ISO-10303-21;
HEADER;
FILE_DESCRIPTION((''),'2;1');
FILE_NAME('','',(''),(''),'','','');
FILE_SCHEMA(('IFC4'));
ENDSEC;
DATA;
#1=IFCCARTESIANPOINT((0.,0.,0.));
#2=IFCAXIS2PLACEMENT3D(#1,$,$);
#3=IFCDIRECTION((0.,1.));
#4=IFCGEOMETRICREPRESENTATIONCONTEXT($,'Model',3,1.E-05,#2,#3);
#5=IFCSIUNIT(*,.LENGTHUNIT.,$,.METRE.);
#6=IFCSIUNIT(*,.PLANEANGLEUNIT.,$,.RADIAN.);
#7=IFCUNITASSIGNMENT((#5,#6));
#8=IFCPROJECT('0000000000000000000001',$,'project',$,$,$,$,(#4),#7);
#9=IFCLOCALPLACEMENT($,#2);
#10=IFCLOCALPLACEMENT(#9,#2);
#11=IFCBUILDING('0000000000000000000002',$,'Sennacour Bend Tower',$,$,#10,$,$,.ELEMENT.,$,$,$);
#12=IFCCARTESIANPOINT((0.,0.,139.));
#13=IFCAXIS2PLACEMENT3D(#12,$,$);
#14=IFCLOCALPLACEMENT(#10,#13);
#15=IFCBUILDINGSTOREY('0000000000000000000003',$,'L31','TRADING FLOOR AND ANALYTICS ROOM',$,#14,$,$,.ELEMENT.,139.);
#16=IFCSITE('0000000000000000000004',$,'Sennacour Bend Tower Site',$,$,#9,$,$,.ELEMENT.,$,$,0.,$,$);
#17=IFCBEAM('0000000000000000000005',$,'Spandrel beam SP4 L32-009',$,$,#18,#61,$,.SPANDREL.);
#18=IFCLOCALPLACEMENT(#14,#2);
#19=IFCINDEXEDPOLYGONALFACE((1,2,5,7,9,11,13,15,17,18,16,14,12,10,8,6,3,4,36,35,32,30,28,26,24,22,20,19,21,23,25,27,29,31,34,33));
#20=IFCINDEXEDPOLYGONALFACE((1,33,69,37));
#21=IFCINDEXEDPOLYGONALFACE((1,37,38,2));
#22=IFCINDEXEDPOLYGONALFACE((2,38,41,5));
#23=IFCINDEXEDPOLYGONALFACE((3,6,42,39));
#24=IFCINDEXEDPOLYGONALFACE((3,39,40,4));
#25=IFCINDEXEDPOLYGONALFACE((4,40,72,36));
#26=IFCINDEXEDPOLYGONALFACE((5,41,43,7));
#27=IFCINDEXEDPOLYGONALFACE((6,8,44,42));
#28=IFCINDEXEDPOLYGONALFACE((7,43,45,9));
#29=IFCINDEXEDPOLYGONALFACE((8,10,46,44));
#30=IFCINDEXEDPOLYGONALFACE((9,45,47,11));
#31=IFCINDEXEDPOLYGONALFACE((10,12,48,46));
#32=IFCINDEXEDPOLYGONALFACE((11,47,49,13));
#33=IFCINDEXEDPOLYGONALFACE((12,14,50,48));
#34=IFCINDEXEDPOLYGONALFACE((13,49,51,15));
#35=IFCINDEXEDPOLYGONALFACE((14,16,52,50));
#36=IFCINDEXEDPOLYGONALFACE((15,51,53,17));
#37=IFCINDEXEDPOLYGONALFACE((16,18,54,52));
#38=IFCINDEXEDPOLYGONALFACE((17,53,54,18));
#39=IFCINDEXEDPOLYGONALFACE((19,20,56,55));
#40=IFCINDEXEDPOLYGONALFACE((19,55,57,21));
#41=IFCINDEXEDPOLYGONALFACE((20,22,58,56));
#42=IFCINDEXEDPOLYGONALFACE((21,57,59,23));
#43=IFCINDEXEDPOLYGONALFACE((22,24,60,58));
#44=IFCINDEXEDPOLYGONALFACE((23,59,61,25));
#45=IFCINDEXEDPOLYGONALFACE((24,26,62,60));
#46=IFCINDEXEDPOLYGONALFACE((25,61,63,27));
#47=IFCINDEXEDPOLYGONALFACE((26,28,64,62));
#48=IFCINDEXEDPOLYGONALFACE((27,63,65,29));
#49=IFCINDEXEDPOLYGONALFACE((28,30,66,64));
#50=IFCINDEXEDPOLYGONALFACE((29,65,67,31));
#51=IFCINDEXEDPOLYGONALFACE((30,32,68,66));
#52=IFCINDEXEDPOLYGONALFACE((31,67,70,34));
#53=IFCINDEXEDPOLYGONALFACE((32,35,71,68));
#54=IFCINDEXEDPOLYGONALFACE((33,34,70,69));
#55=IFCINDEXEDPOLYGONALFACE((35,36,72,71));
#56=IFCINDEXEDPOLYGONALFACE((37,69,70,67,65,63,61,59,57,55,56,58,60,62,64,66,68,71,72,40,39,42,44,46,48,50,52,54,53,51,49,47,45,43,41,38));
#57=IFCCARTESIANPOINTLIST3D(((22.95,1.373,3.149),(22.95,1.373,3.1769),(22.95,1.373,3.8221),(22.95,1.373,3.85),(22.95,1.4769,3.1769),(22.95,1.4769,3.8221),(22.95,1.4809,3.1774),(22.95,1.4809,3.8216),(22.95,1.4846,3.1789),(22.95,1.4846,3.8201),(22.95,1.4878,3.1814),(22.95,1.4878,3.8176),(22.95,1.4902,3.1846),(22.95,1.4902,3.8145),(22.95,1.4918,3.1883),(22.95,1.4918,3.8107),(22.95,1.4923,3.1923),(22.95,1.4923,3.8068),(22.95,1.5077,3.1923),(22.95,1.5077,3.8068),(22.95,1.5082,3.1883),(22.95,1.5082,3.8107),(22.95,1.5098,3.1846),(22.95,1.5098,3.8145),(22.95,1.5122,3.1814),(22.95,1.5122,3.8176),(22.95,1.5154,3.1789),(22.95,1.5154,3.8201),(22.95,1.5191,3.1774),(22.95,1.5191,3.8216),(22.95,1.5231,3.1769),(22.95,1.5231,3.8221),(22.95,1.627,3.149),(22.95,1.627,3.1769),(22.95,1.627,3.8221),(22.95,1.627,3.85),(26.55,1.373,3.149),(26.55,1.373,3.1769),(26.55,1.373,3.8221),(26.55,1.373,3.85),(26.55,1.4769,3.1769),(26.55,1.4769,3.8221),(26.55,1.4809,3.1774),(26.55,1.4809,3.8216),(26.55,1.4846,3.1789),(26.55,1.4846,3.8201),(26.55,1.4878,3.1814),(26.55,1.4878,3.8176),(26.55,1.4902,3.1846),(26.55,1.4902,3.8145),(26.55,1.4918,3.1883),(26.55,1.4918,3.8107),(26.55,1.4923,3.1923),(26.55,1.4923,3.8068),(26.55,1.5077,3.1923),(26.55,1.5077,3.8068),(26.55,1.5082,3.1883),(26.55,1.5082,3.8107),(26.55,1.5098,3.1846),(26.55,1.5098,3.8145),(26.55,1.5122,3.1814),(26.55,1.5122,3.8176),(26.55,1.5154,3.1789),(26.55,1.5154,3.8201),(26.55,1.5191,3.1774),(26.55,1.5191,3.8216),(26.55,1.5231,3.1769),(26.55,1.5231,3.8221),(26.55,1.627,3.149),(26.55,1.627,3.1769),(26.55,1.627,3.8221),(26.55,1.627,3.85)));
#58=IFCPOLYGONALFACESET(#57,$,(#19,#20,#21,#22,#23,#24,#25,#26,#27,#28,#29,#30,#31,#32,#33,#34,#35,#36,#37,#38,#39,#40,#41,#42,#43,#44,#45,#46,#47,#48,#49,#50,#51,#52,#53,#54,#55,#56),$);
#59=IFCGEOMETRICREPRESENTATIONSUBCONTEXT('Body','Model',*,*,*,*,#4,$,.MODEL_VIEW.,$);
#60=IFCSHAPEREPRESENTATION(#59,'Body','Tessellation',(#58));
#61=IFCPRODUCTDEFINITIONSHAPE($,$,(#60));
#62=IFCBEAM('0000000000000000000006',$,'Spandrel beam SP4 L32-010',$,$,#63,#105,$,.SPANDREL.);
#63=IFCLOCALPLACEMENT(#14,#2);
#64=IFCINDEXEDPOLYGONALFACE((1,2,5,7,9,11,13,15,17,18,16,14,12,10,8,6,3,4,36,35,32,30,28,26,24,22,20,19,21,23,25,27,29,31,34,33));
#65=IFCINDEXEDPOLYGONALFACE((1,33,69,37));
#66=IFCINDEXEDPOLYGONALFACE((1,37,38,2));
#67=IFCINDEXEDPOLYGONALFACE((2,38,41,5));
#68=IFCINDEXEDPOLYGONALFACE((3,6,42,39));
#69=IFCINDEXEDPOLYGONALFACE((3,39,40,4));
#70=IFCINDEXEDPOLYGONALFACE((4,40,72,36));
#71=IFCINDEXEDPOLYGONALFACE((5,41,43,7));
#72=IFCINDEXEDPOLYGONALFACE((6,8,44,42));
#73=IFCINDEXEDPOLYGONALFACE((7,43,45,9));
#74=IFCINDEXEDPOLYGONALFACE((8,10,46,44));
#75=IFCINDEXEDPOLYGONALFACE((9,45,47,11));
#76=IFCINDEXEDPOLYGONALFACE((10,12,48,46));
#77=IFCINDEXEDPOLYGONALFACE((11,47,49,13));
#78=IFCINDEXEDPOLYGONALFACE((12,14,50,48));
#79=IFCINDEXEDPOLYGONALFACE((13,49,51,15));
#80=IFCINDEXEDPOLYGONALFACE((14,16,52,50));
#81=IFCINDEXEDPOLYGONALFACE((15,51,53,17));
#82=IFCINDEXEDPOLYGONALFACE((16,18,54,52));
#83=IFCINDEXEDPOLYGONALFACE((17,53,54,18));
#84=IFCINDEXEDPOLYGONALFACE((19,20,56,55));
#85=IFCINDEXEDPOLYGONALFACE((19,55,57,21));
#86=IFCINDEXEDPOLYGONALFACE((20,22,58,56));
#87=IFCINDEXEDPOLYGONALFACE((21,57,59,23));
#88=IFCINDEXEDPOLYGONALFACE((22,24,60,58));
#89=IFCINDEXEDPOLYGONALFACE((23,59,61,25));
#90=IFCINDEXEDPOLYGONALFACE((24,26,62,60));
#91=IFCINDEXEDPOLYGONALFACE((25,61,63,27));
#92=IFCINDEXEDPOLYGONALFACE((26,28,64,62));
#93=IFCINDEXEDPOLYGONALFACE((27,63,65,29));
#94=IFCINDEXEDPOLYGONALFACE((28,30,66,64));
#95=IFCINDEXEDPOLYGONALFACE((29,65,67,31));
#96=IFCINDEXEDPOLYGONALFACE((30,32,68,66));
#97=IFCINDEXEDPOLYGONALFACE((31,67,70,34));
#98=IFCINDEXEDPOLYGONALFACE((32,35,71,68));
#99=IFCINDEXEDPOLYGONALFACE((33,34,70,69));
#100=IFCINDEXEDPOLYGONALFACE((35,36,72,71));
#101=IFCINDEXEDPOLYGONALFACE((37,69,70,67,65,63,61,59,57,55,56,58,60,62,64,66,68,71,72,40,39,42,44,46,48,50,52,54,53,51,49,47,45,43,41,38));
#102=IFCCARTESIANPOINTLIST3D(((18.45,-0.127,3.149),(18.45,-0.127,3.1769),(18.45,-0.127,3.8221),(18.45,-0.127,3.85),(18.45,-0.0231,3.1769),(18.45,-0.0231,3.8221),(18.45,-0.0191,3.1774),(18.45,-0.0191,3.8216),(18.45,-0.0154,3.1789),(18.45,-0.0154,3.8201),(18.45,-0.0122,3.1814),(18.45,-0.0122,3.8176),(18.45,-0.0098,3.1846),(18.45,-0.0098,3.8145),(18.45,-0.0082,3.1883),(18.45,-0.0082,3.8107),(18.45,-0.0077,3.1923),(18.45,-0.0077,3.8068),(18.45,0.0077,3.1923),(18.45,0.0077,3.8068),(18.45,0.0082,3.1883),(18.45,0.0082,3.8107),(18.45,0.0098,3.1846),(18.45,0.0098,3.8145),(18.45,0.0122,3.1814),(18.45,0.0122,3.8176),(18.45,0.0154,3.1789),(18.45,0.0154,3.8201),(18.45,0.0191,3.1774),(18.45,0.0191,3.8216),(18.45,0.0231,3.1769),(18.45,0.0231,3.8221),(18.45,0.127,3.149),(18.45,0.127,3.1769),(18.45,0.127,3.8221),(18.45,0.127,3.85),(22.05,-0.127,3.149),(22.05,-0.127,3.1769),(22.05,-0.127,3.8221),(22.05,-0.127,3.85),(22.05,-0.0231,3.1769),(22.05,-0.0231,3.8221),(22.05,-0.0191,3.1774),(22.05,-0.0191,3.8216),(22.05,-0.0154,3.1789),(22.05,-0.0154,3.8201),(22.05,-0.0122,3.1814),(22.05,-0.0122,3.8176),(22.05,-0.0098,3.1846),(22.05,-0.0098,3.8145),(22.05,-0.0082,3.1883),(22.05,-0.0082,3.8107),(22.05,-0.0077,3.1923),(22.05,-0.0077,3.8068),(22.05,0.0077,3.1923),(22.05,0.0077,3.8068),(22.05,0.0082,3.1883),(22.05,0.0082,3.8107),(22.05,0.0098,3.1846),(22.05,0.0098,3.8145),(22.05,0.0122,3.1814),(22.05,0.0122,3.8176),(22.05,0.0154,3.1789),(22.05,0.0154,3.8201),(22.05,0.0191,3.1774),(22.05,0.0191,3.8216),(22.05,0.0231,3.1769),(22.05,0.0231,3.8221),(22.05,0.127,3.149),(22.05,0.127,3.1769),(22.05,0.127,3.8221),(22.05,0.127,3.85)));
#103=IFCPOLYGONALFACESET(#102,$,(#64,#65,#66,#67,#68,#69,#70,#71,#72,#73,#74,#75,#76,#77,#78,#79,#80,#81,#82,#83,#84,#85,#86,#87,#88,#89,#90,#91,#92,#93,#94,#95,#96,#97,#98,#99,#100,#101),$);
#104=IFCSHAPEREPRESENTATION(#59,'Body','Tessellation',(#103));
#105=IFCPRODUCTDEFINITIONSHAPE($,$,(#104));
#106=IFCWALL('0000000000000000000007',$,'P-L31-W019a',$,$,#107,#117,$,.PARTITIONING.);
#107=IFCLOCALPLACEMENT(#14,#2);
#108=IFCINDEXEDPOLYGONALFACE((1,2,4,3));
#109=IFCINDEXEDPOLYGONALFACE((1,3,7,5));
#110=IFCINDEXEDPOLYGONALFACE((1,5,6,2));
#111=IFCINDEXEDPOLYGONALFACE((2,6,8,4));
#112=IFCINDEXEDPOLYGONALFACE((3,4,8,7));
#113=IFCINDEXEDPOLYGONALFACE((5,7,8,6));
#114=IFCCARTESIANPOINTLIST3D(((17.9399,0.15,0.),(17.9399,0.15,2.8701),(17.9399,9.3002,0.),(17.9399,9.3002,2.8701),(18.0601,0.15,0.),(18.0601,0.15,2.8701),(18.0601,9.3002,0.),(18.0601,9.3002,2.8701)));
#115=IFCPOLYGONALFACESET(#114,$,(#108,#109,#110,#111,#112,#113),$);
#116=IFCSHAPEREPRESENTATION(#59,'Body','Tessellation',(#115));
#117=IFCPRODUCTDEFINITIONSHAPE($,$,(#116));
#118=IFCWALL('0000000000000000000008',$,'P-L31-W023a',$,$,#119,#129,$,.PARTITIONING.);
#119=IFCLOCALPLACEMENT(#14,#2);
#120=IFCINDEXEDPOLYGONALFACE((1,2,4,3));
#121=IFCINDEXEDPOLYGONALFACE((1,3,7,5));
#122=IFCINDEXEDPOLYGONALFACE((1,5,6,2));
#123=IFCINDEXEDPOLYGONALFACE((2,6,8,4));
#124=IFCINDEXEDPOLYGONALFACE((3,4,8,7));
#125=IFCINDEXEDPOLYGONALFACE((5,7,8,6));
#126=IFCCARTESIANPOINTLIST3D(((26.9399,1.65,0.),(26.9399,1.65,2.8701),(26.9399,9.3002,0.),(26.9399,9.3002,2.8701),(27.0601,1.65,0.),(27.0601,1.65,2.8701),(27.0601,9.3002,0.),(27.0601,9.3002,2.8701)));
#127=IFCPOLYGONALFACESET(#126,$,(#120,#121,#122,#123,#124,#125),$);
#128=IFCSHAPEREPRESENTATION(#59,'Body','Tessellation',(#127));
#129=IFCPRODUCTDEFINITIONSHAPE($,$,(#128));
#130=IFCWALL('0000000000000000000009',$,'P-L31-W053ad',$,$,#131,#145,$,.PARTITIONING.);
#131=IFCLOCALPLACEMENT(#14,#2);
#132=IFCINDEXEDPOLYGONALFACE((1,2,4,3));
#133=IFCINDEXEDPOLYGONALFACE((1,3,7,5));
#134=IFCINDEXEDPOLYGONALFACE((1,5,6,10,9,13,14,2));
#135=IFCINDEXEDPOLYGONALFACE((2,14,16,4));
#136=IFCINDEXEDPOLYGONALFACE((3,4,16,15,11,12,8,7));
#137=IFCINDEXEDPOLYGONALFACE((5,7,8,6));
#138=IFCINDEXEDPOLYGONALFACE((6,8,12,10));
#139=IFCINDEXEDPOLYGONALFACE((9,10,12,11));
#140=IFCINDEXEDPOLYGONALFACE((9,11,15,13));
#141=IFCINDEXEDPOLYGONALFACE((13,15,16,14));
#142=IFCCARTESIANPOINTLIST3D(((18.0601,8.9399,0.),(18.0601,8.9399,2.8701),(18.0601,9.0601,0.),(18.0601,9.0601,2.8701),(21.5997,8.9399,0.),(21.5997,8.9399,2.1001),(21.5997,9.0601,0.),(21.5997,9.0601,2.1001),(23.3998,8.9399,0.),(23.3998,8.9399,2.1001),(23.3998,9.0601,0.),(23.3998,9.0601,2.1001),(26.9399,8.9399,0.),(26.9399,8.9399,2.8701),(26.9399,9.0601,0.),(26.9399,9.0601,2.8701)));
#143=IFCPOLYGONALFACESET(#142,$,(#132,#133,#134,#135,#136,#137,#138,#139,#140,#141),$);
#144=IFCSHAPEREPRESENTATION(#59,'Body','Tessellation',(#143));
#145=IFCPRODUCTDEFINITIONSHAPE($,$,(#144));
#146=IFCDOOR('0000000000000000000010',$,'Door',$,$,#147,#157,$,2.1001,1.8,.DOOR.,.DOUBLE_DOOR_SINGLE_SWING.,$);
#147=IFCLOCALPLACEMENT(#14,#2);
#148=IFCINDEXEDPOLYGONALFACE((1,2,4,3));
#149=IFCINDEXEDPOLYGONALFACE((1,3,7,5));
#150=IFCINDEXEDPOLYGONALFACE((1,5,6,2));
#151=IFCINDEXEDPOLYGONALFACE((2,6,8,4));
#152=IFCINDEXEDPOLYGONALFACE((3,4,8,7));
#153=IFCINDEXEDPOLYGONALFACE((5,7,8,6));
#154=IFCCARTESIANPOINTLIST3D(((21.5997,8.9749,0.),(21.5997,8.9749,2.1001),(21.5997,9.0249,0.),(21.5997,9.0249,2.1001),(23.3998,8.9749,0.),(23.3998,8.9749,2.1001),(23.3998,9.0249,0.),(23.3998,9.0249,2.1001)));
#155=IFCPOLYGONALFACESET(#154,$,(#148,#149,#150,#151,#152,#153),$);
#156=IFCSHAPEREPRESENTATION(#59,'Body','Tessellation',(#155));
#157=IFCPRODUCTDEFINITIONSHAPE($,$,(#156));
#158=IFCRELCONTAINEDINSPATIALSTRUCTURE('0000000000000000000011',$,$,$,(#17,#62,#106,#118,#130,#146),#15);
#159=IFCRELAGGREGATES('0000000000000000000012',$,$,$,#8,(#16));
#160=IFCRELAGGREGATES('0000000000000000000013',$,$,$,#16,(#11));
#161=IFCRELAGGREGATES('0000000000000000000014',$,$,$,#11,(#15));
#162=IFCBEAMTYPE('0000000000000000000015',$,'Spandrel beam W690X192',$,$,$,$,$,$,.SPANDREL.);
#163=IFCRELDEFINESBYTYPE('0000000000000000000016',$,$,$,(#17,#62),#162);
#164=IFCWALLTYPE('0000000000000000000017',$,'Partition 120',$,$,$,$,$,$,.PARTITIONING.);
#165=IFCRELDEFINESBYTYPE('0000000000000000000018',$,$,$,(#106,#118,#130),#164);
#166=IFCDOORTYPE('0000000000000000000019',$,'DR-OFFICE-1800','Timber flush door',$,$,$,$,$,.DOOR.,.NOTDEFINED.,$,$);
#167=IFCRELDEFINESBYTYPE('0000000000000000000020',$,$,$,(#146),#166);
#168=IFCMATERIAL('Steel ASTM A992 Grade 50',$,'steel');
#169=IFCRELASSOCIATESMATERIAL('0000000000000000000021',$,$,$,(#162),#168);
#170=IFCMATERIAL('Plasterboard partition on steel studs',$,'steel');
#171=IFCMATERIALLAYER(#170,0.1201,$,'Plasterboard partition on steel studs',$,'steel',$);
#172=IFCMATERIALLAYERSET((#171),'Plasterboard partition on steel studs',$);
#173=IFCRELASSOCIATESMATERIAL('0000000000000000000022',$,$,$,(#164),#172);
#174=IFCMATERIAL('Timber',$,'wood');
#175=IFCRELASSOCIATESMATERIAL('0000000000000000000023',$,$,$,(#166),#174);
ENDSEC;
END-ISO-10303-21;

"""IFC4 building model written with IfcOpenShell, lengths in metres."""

from ifc_helpers import new_model, si_unit, direction, frame, frame_2d, origin, origin_2d, place, context, subcontext, project, spatial, rectangle, i_section, extrude, material, layer, layer_set, material_profile, profile_set, type_object, element, fill, save


model = new_model("IFC4")

# Units and contexts
model_context = context("Model", 3, precision=1e-05, world=origin(), true_north=direction((0.0, 1.0)))
body_context = subcontext(model_context, "Body", "Model", "MODEL_VIEW")
ifc_project = project(units=[si_unit("LENGTHUNIT", "METRE"), si_unit("PLANEANGLEUNIT", "RADIAN")], contexts=[model_context])

# Site, building, storey
site_placement = place(None, origin())
site = spatial("IfcSite", under=ifc_project, at=site_placement, Name="Sennacour Bend Tower Site", CompositionType="ELEMENT", RefElevation=0.0)
building_placement = place(site_placement, origin())
building = spatial("IfcBuilding", under=site, at=building_placement, Name="Sennacour Bend Tower", CompositionType="ELEMENT")
storey_placement = place(building_placement, frame((0.0, 0.0, 139.0)))
storey = spatial("IfcBuildingStorey", under=building, at=storey_placement, Name="L31", Description="TRADING FLOOR AND ANALYTICS ROOM", CompositionType="ELEMENT", Elevation=139.0)

# Beams
ifc_material_1 = material(Name="Steel ASTM A992 Grade 50", Category="steel")
ifc_material_profile_1 = material_profile(ifc_material_1, i_section(OverallWidth=0.2539, OverallDepth=0.7009, WebThickness=0.0154, FlangeThickness=0.0278, FilletRadius=0.0154, at=origin_2d()), Name="Steel ASTM A992 Grade 50", Category="steel")
ifc_profile_set_1 = profile_set([ifc_material_profile_1], Name="Steel ASTM A992 Grade 50")
beam_type_1 = type_object("IfcBeamType", Name="Spandrel beam W690X192", PredefinedType="SPANDREL", material=ifc_profile_set_1)
for number, where, z_axis, x_axis, name in (
    (1, (26.55, 1.5, 3.4995), (-1.0, 0.0, 0.0), (0.0, -1.0, 0.0), "Spandrel beam SP4 L32-009"),
    (2, (22.05, 0.0, 3.4995), (-1.0, 0.0, 0.0), (0.0, -1.0, 0.0), "Spandrel beam SP4 L32-010"),
):
    element("IfcBeam", number, at=place(storey_placement, frame(where, z_axis=z_axis, x_axis=x_axis)), inside=storey, type_object=beam_type_1, Name=name, PredefinedType="SPANDREL", context=body_context, shape_type="SweptSolid", body=[
        extrude(i_section(OverallWidth=0.2539, OverallDepth=0.7009, WebThickness=0.0154, FlangeThickness=0.0278, FilletRadius=0.0154, at=origin_2d()), origin(), (0.0, 0.0, 1.0), 3.6001),
    ])

# Walls
ifc_material_2 = material(Name="Plasterboard partition on steel studs", Category="steel")
ifc_layer_1 = layer(ifc_material_2, 0.1201, Name="Plasterboard partition on steel studs", Category="steel")
ifc_layer_set_1 = layer_set([ifc_layer_1], Name="Plasterboard partition on steel studs")
wall_type_1 = type_object("IfcWallType", Name="Partition 120", PredefinedType="PARTITIONING", material=ifc_layer_set_1)
wall_1_placement = place(storey_placement, frame((18.0, 0.1499, 0.0), z_axis=(0.0, 0.0, 1.0), x_axis=(0.0, 1.0, 0.0)))
element("IfcWall", 3, at=wall_1_placement, inside=storey, type_object=wall_type_1, Name="P-L31-W019a", PredefinedType="PARTITIONING", context=body_context, shape_type="SweptSolid", body=[
    extrude(rectangle(XDim=9.1501, YDim=0.1201, at=frame_2d((4.5752, 0.0))), origin(), (0.0, 0.0, 1.0), 2.8701),
])
wall_2_placement = place(storey_placement, frame((27.0, 1.6499, 0.0), z_axis=(0.0, 0.0, 1.0), x_axis=(0.0, 1.0, 0.0)))
element("IfcWall", 4, at=wall_2_placement, inside=storey, type_object=wall_type_1, Name="P-L31-W023a", PredefinedType="PARTITIONING", context=body_context, shape_type="SweptSolid", body=[
    extrude(rectangle(XDim=7.6501, YDim=0.1201, at=frame_2d((3.8252, 0.0))), origin(), (0.0, 0.0, 1.0), 2.8701),
])

# Wall, opening, door
wall_3_placement = place(storey_placement, frame((18.0601, 9.0, 0.0), z_axis=(0.0, 0.0, 1.0), x_axis=(1.0, 0.0, 0.0)))
wall_3 = element("IfcWall", 5, at=wall_3_placement, inside=storey, type_object=wall_type_1, Name="P-L31-W053ad", PredefinedType="PARTITIONING", context=body_context, shape_type="SweptSolid", body=[
    extrude(rectangle(XDim=8.8799, YDim=0.1201, at=frame_2d((4.4399, 0.0))), origin(), (0.0, 0.0, 1.0), 2.8701),
])
opening_1_placement = place(wall_3_placement, frame((3.5398, 0.0, 0.0)))
opening_1 = element("IfcOpeningElement", 6, at=opening_1_placement, cuts=wall_3, PredefinedType="OPENING", context=body_context, shape_type="SweptSolid", body=[
    extrude(rectangle(XDim=1.8, YDim=2.1001, at=frame_2d((0.8999, 1.05))), frame((0.0, 0.0701, 0.0), z_axis=(0.0, -1.0, 0.0), x_axis=(1.0, 0.0, 0.0)), (0.0, 0.0, 1.0), 0.1401),
])
ifc_material_3 = material(Name="Timber", Category="wood")
door_type = type_object("IfcDoorType", Name="DR-OFFICE-1800", Description="Timber flush door", OperationType="NOTDEFINED", PredefinedType="DOOR", material=ifc_material_3)
door_placement = place(opening_1_placement, origin())
door = element("IfcDoor", 7, at=door_placement, inside=storey, type_object=door_type, Name="Door", OperationType="DOUBLE_DOOR_SINGLE_SWING", OverallHeight=2.1001, OverallWidth=1.8, PredefinedType="DOOR", context=body_context, shape_type="SweptSolid", body=[
    extrude(rectangle(XDim=1.8, YDim=2.1001, at=frame_2d((0.8999, 1.05))), frame((0.0, 0.0249, 0.0), z_axis=(0.0, -1.0, 0.0), x_axis=(1.0, 0.0, 0.0)), (0.0, 0.0, 1.0), 0.05),
])
fill(opening_1, door)

save(model, "model.ifc")
